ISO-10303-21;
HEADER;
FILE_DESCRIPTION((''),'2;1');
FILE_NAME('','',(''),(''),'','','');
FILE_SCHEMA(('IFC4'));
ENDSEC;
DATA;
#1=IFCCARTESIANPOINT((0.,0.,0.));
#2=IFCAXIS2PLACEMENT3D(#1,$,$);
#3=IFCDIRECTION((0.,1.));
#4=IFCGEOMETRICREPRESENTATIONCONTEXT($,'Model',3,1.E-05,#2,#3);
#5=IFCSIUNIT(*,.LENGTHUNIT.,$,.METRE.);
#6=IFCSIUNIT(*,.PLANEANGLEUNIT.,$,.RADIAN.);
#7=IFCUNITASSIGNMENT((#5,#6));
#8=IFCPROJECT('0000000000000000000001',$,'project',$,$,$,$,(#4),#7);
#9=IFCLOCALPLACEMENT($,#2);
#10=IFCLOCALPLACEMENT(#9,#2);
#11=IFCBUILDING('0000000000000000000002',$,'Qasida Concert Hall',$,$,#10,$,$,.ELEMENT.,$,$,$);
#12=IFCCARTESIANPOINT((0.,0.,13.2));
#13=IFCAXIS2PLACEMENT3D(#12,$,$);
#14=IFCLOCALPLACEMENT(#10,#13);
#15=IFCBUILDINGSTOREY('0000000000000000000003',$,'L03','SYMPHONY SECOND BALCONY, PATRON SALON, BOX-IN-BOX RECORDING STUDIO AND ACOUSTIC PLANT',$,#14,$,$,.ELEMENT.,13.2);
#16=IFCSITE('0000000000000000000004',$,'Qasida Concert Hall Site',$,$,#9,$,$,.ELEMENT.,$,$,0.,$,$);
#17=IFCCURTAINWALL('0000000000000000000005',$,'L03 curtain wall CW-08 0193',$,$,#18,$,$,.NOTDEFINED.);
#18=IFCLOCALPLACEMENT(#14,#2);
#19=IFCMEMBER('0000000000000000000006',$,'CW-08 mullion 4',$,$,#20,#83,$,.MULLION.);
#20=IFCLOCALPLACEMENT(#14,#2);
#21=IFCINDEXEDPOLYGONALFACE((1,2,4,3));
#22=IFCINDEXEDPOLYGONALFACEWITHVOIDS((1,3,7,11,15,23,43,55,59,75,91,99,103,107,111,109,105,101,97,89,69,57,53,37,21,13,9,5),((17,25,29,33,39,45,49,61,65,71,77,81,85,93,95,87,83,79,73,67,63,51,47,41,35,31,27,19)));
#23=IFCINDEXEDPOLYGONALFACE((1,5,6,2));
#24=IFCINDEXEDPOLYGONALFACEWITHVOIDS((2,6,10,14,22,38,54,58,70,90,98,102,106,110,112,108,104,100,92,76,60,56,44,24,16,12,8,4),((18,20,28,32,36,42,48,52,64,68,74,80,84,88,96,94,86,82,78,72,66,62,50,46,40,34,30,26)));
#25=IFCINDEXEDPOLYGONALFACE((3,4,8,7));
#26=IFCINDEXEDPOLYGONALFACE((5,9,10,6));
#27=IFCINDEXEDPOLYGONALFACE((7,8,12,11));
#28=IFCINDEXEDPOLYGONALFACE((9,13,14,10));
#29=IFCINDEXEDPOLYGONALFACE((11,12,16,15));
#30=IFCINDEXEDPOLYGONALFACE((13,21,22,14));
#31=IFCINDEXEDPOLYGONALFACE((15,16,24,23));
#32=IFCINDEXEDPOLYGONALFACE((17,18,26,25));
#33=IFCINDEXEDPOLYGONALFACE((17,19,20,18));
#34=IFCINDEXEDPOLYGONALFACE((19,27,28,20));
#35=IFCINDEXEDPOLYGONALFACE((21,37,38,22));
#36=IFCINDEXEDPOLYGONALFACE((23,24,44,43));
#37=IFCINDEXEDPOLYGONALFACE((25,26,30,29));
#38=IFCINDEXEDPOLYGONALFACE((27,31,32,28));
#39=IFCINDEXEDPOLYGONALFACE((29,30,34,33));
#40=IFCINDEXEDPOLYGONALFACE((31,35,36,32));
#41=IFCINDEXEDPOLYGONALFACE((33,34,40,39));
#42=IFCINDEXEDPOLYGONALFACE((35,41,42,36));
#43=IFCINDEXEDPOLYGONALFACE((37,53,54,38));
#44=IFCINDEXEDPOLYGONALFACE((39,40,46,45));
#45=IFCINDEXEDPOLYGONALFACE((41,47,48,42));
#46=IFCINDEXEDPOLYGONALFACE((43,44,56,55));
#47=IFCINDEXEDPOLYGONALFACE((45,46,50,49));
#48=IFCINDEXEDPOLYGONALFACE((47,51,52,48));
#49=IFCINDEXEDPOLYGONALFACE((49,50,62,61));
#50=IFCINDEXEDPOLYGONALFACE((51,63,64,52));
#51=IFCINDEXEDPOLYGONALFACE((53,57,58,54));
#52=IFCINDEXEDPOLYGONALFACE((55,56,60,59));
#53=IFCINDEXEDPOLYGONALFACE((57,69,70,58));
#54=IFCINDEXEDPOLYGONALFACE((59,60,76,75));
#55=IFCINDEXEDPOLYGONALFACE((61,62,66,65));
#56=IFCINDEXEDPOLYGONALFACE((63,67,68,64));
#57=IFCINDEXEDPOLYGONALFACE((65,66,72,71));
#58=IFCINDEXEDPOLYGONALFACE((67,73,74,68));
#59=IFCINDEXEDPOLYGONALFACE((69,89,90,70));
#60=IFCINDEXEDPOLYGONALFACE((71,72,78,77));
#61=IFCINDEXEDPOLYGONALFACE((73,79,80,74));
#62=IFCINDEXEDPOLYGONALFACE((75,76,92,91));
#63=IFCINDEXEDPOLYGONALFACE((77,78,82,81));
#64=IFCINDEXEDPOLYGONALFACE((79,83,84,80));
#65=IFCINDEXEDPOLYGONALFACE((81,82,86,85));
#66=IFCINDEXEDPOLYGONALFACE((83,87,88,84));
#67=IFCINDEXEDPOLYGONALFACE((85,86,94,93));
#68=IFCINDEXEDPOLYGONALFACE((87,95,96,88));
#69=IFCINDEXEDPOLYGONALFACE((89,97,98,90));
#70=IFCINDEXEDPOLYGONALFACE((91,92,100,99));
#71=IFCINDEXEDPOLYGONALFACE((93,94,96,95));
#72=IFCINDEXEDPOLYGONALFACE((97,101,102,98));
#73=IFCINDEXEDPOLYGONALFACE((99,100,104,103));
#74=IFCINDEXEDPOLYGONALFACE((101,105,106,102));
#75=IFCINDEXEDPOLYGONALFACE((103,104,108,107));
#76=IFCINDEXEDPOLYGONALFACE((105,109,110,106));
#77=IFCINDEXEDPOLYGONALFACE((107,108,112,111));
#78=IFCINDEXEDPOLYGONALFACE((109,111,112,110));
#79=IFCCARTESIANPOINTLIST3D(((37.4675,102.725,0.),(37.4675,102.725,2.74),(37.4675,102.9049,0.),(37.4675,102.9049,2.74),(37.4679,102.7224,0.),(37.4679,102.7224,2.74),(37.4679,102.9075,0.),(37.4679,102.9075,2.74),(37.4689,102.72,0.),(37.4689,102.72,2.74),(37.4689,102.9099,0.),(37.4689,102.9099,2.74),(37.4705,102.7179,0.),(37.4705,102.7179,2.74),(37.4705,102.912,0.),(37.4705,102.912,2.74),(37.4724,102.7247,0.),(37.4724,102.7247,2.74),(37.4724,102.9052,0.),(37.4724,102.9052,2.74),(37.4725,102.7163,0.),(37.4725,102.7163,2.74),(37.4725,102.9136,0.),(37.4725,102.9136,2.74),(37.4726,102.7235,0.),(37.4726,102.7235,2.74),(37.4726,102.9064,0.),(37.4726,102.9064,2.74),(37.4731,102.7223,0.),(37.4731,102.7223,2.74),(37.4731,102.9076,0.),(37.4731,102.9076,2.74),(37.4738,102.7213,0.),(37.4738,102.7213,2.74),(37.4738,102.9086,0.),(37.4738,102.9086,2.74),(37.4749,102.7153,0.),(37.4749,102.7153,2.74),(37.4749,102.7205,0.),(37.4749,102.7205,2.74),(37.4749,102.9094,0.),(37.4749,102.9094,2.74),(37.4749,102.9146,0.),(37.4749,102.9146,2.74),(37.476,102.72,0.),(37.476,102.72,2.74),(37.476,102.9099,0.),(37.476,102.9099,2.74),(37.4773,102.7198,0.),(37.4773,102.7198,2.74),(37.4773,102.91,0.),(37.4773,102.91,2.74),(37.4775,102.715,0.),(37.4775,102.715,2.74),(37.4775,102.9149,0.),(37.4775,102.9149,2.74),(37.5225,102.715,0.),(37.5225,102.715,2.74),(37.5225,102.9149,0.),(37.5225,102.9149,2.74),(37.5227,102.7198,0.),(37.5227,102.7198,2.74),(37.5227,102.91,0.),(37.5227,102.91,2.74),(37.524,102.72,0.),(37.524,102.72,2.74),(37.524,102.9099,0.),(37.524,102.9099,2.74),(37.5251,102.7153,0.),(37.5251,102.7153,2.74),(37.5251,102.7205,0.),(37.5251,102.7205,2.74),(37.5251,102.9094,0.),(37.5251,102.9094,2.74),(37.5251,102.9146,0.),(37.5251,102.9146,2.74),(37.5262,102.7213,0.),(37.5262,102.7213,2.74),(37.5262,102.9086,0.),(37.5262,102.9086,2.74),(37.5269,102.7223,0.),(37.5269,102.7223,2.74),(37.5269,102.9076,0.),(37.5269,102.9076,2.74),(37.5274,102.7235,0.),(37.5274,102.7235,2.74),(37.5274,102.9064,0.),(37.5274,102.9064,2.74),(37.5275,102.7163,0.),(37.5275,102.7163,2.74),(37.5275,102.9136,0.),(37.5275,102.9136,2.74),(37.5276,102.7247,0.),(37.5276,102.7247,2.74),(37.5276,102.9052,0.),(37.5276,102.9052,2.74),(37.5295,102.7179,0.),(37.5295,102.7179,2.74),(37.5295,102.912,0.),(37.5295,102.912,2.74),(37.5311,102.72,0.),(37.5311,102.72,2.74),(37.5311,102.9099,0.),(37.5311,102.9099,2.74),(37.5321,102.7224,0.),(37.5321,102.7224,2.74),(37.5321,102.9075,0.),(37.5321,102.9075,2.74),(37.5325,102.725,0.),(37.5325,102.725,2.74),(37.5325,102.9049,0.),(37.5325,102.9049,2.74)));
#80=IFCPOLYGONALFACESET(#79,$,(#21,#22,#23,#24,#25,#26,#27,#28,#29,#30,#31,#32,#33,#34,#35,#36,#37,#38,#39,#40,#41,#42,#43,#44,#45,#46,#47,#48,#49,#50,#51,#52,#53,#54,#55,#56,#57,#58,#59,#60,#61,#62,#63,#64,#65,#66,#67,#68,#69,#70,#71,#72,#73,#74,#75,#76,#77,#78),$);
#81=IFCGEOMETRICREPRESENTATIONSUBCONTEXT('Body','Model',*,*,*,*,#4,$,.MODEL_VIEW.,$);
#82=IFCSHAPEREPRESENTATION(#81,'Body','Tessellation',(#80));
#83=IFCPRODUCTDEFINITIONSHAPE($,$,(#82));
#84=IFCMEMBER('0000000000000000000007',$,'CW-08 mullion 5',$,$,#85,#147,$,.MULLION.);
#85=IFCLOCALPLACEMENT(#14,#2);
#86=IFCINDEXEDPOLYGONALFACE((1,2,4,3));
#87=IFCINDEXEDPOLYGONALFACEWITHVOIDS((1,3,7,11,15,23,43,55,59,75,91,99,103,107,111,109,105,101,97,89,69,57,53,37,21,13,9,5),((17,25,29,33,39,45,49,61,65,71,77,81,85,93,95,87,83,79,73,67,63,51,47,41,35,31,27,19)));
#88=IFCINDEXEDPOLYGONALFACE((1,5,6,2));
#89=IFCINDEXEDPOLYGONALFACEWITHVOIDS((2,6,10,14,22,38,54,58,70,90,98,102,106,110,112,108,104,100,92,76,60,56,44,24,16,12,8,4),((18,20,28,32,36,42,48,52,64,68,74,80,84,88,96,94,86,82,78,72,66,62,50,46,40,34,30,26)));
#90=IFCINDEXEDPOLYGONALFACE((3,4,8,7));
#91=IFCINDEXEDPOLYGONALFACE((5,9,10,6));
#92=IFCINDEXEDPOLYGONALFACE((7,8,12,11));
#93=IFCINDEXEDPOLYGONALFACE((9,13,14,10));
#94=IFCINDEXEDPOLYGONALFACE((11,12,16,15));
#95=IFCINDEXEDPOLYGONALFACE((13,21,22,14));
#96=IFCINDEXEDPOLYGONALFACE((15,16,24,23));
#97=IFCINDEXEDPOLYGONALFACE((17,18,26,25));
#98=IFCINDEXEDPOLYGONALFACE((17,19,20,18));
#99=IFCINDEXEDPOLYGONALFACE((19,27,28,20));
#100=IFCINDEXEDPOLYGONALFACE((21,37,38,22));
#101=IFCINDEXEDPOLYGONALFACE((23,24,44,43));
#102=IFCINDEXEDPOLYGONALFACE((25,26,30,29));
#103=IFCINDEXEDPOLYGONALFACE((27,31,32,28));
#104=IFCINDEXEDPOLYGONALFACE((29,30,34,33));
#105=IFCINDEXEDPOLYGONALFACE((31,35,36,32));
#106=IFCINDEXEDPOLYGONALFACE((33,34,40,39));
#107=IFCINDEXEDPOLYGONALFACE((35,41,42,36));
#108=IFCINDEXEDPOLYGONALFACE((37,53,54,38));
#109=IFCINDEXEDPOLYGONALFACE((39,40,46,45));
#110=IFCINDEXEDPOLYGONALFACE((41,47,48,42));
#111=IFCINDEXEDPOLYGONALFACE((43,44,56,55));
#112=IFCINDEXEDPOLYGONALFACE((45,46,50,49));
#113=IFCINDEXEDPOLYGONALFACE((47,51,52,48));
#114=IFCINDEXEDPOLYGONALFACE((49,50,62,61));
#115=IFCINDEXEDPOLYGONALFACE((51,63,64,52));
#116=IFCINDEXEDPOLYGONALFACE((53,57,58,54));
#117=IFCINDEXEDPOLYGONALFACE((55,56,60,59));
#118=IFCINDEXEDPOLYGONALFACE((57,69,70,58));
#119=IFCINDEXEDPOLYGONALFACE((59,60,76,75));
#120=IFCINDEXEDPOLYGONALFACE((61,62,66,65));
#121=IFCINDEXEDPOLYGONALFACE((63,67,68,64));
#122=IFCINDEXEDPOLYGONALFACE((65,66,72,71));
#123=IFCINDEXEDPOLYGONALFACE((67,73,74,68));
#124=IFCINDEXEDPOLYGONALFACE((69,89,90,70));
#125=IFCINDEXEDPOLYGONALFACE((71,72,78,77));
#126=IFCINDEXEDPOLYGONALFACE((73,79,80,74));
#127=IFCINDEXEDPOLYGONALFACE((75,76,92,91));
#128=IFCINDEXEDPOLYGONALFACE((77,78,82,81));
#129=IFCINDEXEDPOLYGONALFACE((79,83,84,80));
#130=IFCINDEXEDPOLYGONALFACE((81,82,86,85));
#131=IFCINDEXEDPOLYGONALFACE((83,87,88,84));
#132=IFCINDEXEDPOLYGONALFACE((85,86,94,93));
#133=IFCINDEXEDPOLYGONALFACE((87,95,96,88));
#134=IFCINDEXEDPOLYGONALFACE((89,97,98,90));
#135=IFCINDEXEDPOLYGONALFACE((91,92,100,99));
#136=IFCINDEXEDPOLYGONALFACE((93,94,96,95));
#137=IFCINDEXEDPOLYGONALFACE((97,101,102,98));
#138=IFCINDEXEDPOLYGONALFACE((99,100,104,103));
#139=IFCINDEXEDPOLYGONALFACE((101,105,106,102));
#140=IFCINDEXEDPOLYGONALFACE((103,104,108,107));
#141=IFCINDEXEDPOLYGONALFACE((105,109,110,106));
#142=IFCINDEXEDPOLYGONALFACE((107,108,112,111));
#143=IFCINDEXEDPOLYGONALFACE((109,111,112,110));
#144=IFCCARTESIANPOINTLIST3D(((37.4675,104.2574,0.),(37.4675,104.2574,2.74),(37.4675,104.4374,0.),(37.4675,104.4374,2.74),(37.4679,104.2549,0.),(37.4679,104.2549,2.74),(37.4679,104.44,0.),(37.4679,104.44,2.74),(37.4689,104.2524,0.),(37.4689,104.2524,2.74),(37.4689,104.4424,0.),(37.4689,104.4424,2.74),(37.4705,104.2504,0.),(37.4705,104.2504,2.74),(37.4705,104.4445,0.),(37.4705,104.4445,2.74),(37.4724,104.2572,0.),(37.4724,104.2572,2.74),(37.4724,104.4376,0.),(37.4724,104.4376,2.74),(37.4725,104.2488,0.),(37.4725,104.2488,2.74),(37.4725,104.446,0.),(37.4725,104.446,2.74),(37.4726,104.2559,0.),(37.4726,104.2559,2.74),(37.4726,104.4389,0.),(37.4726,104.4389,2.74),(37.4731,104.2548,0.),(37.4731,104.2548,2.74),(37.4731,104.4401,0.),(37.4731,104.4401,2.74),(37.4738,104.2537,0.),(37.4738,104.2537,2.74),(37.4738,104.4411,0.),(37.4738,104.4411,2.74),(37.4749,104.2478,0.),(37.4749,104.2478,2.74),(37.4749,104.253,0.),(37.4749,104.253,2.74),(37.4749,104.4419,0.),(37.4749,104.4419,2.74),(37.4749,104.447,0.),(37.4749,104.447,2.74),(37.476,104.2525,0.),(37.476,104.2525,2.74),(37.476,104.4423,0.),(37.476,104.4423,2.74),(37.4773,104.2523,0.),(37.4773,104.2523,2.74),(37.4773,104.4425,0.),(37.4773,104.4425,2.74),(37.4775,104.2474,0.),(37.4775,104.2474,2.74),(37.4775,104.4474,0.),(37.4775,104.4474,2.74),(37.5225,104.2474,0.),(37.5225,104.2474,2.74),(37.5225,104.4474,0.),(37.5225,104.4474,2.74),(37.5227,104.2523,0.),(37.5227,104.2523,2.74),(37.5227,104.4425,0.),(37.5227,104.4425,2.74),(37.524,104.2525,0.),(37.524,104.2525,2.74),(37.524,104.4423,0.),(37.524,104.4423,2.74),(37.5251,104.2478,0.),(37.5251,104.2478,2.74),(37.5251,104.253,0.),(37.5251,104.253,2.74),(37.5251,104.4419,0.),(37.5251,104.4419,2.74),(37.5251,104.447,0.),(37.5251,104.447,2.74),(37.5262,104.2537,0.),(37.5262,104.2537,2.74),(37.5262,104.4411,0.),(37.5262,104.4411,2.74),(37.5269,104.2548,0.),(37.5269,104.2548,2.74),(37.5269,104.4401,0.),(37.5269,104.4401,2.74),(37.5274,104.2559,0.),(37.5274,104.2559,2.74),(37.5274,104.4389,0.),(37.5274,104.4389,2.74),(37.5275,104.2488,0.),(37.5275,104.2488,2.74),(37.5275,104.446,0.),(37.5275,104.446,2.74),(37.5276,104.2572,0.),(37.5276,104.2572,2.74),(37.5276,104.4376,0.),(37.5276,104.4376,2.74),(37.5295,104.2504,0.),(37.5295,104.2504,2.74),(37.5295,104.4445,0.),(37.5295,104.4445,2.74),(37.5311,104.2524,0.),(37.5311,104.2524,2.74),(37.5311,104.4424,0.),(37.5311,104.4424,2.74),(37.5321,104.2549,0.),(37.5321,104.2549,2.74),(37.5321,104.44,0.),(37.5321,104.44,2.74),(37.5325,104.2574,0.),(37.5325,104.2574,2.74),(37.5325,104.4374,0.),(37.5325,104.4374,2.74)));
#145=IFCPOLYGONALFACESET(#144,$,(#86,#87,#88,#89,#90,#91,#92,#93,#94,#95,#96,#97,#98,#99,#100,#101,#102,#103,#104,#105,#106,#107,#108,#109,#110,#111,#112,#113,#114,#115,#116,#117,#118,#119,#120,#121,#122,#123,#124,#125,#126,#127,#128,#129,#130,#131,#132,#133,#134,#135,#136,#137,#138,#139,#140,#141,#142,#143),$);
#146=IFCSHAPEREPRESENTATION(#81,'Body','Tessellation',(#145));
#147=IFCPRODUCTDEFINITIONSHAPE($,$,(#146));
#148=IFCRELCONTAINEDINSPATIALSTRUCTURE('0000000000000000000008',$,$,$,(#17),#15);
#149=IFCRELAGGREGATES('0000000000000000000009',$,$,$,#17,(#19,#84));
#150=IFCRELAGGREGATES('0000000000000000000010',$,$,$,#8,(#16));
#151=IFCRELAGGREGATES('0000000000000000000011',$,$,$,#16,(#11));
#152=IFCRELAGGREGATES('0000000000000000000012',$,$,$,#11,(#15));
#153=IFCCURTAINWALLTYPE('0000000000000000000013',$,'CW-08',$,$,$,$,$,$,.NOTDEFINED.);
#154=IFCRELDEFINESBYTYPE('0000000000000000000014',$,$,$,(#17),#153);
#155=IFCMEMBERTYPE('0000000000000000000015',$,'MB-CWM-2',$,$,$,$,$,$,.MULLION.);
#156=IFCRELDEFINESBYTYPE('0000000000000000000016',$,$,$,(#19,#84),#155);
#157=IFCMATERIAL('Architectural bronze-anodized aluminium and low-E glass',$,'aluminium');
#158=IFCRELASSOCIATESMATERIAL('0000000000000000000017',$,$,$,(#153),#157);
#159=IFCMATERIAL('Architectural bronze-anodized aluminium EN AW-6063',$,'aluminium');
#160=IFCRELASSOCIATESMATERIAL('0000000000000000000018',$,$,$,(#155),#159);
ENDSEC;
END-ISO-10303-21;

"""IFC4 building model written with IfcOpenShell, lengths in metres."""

from ifc_helpers import new_model, si_unit, direction, frame, origin, origin_2d, place, context, subcontext, project, spatial, hollow_rectangle, extrude, material, material_profile, profile_set, type_object, element, aggregate, save


model = new_model("IFC4")

# Units and contexts
model_context = context("Model", 3, precision=1e-05, world=origin(), true_north=direction((0.0, 1.0)))
body_context = subcontext(model_context, "Body", "Model", "MODEL_VIEW")
ifc_project = project(units=[si_unit("LENGTHUNIT", "METRE"), si_unit("PLANEANGLEUNIT", "RADIAN")], contexts=[model_context])

# Site, building, storey
site_placement = place(None, origin())
site = spatial("IfcSite", under=ifc_project, at=site_placement, Name="Qasida Concert Hall Site", CompositionType="ELEMENT", RefElevation=0.0)
building_placement = place(site_placement, origin())
building = spatial("IfcBuilding", under=site, at=building_placement, Name="Qasida Concert Hall", CompositionType="ELEMENT")
storey_placement = place(building_placement, frame((0.0, 0.0, 13.2)))
storey = spatial("IfcBuildingStorey", under=building, at=storey_placement, Name="L03", Description="SYMPHONY SECOND BALCONY, PATRON SALON, BOX-IN-BOX RECORDING STUDIO AND ACOUSTIC PLANT", CompositionType="ELEMENT", Elevation=13.2)

# Curtain wall, members
ifc_material_1 = material(Name="Architectural bronze-anodized aluminium and low-E glass", Category="aluminium")
curtain_wall_type = type_object("IfcCurtainWallType", Name="CW-08", PredefinedType="NOTDEFINED", material=ifc_material_1)
curtain_wall_placement = place(storey_placement, origin())
curtain_wall = element("IfcCurtainWall", 1, at=curtain_wall_placement, inside=storey, type_object=curtain_wall_type, Name="L03 curtain wall CW-08 0193", PredefinedType="NOTDEFINED")
ifc_material_2 = material(Name="Architectural bronze-anodized aluminium EN AW-6063", Category="aluminium")
ifc_material_profile_1 = material_profile(ifc_material_2, hollow_rectangle(XDim=0.0649, YDim=0.2, WallThickness=0.0049, InnerFilletRadius=0.0049, OuterFilletRadius=0.01, at=origin_2d()), Name="CWM 200x65x5")
ifc_profile_set_1 = profile_set([ifc_material_profile_1], Name="Architectural bronze-anodized aluminium EN AW-6063")
member_type_1 = type_object("IfcMemberType", Name="MB-CWM-2", PredefinedType="MULLION", material=ifc_profile_set_1)
member_1_placement = place(storey_placement, frame((37.5, 102.8149, 0.0), z_axis=(0.0, 0.0, 1.0), x_axis=(-1.0, 0.0, 0.0)))
member_1 = element("IfcMember", 2, at=member_1_placement, type_object=member_type_1, Name="CW-08 mullion 4", PredefinedType="MULLION", context=body_context, shape_type="SweptSolid", body=[
    extrude(hollow_rectangle(XDim=0.0649, YDim=0.2, WallThickness=0.0049, InnerFilletRadius=0.0049, OuterFilletRadius=0.01, at=origin_2d()), origin(), (0.0, 0.0, 1.0), 2.74),
])
member_2_placement = place(storey_placement, frame((37.5, 104.3474, 0.0), z_axis=(0.0, 0.0, 1.0), x_axis=(-1.0, 0.0, 0.0)))
member_2 = element("IfcMember", 3, at=member_2_placement, type_object=member_type_1, Name="CW-08 mullion 5", PredefinedType="MULLION", context=body_context, shape_type="SweptSolid", body=[
    extrude(hollow_rectangle(XDim=0.0649, YDim=0.2, WallThickness=0.0049, InnerFilletRadius=0.0049, OuterFilletRadius=0.01, at=origin_2d()), origin(), (0.0, 0.0, 1.0), 2.74),
])
aggregate(curtain_wall, [member_1, member_2])

save(model, "model.ifc")
